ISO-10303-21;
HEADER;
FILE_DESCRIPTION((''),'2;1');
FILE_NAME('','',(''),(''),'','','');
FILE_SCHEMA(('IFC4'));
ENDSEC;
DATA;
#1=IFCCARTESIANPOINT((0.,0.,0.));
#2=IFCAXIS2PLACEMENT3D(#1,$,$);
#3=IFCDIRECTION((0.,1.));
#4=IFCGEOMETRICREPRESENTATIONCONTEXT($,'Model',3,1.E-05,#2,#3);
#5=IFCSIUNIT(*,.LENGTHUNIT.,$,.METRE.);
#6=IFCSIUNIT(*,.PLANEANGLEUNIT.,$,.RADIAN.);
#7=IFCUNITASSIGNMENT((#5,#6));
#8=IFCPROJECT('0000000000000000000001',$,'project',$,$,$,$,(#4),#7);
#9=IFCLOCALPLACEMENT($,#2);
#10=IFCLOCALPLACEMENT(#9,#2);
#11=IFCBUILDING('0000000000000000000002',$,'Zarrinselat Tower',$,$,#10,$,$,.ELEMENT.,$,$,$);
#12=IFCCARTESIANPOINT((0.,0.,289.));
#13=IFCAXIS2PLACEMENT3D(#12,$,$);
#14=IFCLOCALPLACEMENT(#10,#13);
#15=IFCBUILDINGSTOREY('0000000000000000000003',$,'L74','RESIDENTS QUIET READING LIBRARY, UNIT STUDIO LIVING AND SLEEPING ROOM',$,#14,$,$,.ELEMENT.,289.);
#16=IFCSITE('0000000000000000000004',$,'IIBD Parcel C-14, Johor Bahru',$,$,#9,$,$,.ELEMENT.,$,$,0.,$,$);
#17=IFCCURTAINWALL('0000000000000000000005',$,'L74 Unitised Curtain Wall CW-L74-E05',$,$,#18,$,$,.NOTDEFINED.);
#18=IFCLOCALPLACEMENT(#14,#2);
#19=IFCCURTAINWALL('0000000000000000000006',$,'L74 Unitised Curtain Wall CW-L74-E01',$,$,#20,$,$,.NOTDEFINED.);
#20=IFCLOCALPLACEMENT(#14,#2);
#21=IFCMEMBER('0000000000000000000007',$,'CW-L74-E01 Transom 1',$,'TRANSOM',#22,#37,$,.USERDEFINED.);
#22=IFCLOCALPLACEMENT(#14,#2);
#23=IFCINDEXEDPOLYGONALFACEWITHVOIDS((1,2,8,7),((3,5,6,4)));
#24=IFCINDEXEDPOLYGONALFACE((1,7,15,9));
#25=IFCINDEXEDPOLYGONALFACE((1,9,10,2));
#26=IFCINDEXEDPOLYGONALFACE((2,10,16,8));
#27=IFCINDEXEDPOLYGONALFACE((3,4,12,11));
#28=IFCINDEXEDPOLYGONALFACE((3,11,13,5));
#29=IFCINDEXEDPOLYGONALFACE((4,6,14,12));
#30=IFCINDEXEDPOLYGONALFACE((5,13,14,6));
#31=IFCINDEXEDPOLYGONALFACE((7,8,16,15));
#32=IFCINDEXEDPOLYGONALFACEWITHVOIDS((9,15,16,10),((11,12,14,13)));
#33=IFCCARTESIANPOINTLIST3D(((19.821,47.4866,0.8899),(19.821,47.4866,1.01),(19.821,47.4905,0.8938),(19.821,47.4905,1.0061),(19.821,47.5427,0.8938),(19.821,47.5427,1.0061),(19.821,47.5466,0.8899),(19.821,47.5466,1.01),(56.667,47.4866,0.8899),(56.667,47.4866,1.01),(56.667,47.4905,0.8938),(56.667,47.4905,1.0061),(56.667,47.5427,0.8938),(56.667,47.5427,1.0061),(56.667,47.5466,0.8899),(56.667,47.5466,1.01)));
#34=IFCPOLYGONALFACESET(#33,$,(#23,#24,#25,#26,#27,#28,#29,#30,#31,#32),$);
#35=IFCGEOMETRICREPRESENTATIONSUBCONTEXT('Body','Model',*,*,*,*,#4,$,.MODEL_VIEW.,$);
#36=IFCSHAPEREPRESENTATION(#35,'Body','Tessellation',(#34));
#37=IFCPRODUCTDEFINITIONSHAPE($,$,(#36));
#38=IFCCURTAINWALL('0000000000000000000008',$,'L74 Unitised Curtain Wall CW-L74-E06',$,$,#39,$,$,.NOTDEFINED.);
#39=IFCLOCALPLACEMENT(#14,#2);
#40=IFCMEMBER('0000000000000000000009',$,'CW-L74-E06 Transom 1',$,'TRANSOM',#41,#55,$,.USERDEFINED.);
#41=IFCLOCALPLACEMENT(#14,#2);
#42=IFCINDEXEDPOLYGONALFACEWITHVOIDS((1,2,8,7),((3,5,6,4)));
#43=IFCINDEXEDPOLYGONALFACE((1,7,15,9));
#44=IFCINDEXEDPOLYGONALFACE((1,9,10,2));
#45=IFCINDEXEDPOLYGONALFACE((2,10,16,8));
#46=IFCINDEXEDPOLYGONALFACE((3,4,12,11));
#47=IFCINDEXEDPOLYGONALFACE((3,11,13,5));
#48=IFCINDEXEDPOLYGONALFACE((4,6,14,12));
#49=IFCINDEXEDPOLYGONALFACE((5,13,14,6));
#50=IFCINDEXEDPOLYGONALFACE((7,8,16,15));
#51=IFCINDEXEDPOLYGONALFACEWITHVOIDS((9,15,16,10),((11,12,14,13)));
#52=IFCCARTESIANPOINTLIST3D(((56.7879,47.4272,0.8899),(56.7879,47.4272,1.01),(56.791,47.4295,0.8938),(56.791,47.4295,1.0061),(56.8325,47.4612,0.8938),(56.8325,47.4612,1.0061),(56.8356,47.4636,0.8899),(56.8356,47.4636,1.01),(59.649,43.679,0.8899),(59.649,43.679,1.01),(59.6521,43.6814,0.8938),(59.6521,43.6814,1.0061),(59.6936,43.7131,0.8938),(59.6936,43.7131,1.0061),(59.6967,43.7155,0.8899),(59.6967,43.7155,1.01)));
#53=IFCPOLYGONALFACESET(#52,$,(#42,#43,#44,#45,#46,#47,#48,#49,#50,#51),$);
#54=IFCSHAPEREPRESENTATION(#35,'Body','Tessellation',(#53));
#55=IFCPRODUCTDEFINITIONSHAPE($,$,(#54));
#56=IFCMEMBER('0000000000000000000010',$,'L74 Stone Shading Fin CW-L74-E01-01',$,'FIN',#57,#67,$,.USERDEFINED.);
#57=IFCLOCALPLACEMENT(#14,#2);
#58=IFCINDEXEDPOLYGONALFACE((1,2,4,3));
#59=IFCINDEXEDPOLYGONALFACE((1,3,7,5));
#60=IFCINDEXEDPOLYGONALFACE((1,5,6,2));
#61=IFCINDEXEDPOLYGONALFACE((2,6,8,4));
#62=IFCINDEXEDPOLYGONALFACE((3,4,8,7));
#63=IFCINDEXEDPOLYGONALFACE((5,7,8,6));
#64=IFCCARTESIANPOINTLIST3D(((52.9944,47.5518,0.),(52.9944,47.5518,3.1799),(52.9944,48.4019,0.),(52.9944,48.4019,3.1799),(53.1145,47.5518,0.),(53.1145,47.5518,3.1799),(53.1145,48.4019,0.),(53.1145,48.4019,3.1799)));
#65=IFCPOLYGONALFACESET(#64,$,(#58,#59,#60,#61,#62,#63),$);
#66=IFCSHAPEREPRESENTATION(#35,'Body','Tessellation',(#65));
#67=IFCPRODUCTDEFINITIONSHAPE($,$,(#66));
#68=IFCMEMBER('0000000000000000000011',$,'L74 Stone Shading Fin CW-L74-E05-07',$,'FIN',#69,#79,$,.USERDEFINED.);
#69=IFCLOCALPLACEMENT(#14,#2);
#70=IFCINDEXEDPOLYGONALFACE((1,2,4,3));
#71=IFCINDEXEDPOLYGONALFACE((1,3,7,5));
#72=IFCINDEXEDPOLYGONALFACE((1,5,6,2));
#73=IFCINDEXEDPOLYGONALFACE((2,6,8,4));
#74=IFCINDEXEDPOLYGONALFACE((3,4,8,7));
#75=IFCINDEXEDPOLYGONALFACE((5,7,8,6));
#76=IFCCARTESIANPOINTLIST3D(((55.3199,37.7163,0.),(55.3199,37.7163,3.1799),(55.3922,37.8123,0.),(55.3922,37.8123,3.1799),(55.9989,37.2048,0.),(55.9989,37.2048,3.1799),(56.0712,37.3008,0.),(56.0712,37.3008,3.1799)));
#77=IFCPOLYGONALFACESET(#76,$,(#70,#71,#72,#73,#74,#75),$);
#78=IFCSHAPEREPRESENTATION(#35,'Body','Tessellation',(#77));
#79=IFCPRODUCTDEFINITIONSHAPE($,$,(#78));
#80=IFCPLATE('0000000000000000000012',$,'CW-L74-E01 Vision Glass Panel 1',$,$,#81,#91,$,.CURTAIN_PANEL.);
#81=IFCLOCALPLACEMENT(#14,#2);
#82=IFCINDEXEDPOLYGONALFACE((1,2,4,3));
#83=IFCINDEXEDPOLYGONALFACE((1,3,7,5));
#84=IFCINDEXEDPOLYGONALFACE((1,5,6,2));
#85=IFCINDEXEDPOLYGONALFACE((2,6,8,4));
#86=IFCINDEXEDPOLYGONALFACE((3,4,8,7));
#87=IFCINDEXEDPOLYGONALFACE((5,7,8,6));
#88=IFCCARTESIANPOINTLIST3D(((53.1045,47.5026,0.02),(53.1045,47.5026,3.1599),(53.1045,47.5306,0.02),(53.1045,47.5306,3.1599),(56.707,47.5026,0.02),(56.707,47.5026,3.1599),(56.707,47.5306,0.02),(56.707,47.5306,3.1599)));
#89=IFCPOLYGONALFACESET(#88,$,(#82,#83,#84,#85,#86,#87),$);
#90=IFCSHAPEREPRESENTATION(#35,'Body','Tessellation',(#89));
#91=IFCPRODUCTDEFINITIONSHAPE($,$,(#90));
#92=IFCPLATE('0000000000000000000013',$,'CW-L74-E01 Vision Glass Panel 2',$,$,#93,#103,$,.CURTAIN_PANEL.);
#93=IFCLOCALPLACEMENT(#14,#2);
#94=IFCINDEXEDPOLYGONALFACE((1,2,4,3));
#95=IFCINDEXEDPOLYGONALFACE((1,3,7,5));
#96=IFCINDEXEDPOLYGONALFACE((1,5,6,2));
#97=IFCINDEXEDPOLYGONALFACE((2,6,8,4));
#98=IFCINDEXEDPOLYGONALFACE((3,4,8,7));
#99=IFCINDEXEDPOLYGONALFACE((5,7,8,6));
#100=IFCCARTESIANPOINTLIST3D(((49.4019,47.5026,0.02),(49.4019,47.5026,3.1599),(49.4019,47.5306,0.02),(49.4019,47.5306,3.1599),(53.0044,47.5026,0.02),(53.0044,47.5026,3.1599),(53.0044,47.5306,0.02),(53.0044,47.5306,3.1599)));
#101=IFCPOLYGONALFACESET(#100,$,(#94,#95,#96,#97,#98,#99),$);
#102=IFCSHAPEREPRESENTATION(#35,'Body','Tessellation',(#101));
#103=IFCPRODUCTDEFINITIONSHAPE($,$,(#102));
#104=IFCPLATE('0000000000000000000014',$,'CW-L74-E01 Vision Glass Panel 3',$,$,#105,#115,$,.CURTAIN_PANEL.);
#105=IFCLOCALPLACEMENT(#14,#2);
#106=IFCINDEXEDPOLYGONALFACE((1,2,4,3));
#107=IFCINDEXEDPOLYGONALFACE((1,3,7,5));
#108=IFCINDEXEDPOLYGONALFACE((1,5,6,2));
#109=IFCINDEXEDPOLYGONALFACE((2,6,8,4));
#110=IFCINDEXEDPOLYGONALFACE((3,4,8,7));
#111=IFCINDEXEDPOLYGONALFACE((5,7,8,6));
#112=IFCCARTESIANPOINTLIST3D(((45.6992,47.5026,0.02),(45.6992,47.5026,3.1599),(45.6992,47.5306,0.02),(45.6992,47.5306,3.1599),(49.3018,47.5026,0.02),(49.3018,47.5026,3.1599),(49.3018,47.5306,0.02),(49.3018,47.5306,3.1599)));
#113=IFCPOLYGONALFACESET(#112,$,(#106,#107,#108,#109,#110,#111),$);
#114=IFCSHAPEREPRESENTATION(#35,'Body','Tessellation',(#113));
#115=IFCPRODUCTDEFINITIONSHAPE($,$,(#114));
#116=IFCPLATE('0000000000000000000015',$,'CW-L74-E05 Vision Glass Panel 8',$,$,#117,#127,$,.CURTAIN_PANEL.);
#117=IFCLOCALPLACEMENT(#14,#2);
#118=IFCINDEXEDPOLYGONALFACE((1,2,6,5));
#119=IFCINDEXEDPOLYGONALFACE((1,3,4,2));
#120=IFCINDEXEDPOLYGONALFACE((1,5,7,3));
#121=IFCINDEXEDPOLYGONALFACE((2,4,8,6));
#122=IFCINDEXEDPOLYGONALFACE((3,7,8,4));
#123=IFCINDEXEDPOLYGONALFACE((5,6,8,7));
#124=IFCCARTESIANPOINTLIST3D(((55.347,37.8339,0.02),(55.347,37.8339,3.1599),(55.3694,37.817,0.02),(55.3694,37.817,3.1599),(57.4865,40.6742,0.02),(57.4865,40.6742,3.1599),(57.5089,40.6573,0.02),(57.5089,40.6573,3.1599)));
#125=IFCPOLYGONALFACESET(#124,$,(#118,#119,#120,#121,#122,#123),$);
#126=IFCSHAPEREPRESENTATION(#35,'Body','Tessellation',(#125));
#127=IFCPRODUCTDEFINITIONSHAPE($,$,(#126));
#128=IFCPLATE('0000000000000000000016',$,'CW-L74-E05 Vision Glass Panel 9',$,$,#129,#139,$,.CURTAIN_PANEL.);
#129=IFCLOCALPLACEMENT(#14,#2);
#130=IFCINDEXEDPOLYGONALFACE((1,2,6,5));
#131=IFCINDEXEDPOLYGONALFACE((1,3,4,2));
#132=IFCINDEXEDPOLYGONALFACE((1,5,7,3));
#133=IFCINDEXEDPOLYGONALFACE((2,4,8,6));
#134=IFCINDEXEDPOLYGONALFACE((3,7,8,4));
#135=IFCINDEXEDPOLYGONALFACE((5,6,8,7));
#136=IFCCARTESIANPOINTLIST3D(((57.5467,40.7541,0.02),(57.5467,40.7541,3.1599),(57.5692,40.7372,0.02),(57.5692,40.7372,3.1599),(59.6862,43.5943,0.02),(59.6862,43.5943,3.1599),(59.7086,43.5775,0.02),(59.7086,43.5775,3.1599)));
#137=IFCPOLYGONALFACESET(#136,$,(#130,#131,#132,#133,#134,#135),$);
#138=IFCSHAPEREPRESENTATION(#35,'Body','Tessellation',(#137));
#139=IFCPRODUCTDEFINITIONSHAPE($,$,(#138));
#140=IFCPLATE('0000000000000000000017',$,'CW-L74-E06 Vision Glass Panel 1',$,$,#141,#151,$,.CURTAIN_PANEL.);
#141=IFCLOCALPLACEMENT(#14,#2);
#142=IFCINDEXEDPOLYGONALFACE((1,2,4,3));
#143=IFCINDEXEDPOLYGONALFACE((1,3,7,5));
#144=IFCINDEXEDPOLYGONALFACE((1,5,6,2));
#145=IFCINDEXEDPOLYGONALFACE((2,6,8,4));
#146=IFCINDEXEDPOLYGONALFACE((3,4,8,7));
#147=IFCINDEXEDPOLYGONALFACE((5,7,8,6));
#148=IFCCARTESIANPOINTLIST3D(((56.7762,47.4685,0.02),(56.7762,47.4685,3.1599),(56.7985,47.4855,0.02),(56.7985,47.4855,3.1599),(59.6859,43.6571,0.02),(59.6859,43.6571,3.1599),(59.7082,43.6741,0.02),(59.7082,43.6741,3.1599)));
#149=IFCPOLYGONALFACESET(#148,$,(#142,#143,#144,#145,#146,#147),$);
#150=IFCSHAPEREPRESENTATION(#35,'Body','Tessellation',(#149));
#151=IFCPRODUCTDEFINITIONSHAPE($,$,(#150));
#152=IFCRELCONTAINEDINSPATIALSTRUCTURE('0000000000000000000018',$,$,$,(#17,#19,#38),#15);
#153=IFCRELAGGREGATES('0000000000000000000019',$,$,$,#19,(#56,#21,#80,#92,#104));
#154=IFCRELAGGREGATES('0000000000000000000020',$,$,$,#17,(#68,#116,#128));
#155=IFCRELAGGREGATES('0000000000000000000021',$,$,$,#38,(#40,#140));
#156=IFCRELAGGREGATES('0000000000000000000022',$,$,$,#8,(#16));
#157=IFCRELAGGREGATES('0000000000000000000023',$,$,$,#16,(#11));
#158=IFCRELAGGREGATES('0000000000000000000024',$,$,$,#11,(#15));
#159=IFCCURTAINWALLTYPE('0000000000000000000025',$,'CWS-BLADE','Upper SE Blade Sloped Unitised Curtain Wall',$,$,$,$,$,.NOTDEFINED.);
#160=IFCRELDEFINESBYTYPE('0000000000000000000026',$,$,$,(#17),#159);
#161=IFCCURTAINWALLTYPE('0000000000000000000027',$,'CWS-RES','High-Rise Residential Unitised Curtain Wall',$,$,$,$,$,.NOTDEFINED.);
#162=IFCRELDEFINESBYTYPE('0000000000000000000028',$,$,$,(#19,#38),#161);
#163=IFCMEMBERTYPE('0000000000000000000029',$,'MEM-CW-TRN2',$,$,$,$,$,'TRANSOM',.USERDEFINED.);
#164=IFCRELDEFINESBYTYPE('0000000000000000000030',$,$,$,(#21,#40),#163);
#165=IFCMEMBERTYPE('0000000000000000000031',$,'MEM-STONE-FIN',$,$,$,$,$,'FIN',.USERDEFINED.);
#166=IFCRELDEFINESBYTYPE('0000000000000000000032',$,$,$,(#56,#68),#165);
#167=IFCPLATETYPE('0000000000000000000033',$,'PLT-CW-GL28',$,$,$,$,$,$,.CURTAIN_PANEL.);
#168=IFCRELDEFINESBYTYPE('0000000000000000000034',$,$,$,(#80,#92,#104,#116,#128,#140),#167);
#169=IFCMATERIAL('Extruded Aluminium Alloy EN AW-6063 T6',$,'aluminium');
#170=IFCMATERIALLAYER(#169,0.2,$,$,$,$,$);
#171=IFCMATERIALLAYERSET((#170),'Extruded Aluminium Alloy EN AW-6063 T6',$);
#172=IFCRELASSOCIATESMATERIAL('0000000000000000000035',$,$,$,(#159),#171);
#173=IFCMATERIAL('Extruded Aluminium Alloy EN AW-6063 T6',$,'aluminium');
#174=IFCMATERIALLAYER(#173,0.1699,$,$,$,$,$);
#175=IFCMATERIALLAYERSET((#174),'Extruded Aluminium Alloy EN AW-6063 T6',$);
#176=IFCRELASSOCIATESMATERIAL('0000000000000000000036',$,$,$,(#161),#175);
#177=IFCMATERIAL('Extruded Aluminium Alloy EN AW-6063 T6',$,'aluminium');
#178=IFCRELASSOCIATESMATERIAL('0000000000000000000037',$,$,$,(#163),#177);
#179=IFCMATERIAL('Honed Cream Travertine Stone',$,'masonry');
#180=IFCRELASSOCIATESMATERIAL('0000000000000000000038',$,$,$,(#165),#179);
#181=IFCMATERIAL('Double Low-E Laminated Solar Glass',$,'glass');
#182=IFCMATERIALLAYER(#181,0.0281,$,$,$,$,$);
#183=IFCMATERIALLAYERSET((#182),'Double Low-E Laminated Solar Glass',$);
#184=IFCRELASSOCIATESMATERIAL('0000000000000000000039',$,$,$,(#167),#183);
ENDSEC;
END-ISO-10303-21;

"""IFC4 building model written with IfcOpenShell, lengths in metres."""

from ifc_helpers import new_model, si_unit, direction, frame, origin, origin_2d, place, context, subcontext, project, spatial, rectangle, hollow_rectangle, extrude, material, layer, layer_set, material_profile, profile_set, type_object, element, aggregate, save


model = new_model("IFC4")

# Units and contexts
model_context = context("Model", 3, precision=1e-05, world=origin(), true_north=direction((0.0, 1.0)))
body_context = subcontext(model_context, "Body", "Model", "MODEL_VIEW")
ifc_project = project(units=[si_unit("LENGTHUNIT", "METRE"), si_unit("PLANEANGLEUNIT", "RADIAN")], contexts=[model_context])

# Site, building, storey
site_placement = place(None, origin())
site = spatial("IfcSite", under=ifc_project, at=site_placement, Name="IIBD Parcel C-14, Johor Bahru", CompositionType="ELEMENT", RefElevation=0.0)
building_placement = place(site_placement, origin())
building = spatial("IfcBuilding", under=site, at=building_placement, Name="Zarrinselat Tower", CompositionType="ELEMENT")
storey_placement = place(building_placement, frame((0.0, 0.0, 289.0)))
storey = spatial("IfcBuildingStorey", under=building, at=storey_placement, Name="L74", Description="RESIDENTS QUIET READING LIBRARY, UNIT STUDIO LIVING AND SLEEPING ROOM", CompositionType="ELEMENT", Elevation=289.0)

# Curtain walls, member
ifc_material_1 = material(Name="Extruded Aluminium Alloy EN AW-6063 T6", Category="aluminium")
ifc_layer_1 = layer(ifc_material_1, 0.2)
ifc_layer_set_1 = layer_set([ifc_layer_1], Name="Extruded Aluminium Alloy EN AW-6063 T6")
curtain_wall_type_1 = type_object("IfcCurtainWallType", Name="CWS-BLADE", Description="Upper SE Blade Sloped Unitised Curtain Wall", PredefinedType="NOTDEFINED", material=ifc_layer_set_1)
curtain_wall_1_placement = place(storey_placement, origin())
curtain_wall_1 = element("IfcCurtainWall", 1, at=curtain_wall_1_placement, inside=storey, type_object=curtain_wall_type_1, Name="L74 Unitised Curtain Wall CW-L74-E05", PredefinedType="NOTDEFINED")
ifc_material_2 = material(Name="Extruded Aluminium Alloy EN AW-6063 T6", Category="aluminium")
ifc_layer_2 = layer(ifc_material_2, 0.1699)
ifc_layer_set_2 = layer_set([ifc_layer_2], Name="Extruded Aluminium Alloy EN AW-6063 T6")
curtain_wall_type_2 = type_object("IfcCurtainWallType", Name="CWS-RES", Description="High-Rise Residential Unitised Curtain Wall", PredefinedType="NOTDEFINED", material=ifc_layer_set_2)
curtain_wall_2_placement = place(storey_placement, origin())
curtain_wall_2 = element("IfcCurtainWall", 2, at=curtain_wall_2_placement, inside=storey, type_object=curtain_wall_type_2, Name="L74 Unitised Curtain Wall CW-L74-E01", PredefinedType="NOTDEFINED")
ifc_material_3 = material(Name="Extruded Aluminium Alloy EN AW-6063 T6", Category="aluminium")
ifc_material_profile_1 = material_profile(ifc_material_3, hollow_rectangle(XDim=0.0601, YDim=0.1201, WallThickness=0.0039, at=origin_2d()), Name="RHS 120x60x4")
ifc_profile_set_1 = profile_set([ifc_material_profile_1], Name="Extruded Aluminium Alloy EN AW-6063 T6")
member_type_1 = type_object("IfcMemberType", Name="MEM-CW-TRN2", ElementType="TRANSOM", PredefinedType="USERDEFINED", material=ifc_profile_set_1)
member_1_placement = place(storey_placement, frame((56.667, 47.5166, 0.95), z_axis=(-1.0, 0.0, 0.0), x_axis=(0.0, -1.0, 0.0)))
member_1 = element("IfcMember", 3, at=member_1_placement, type_object=member_type_1, Name="CW-L74-E01 Transom 1", ObjectType="TRANSOM", PredefinedType="USERDEFINED", context=body_context, shape_type="SweptSolid", body=[
    extrude(hollow_rectangle(XDim=0.0601, YDim=0.1201, WallThickness=0.0039, at=origin_2d()), origin(), (0.0, 0.0, 1.0), 36.8459),
])

# Curtain wall, member
curtain_wall_3_placement = place(storey_placement, origin())
curtain_wall_3 = element("IfcCurtainWall", 4, at=curtain_wall_3_placement, inside=storey, type_object=curtain_wall_type_2, Name="L74 Unitised Curtain Wall CW-L74-E06", PredefinedType="NOTDEFINED")
member_2_placement = place(storey_placement, frame((59.6729, 43.6973, 0.95), z_axis=(-0.606771, 0.794876, 0.0), x_axis=(-0.794876, -0.606771, 0.0)))
member_2 = element("IfcMember", 5, at=member_2_placement, type_object=member_type_1, Name="CW-L74-E06 Transom 1", ObjectType="TRANSOM", PredefinedType="USERDEFINED", context=body_context, shape_type="SweptSolid", body=[
    extrude(hollow_rectangle(XDim=0.0601, YDim=0.1201, WallThickness=0.0039, at=origin_2d()), origin(), (0.0, 0.0, 1.0), 4.7153),
])

# Members
ifc_material_4 = material(Name="Honed Cream Travertine Stone", Category="masonry")
ifc_material_profile_2 = material_profile(ifc_material_4, rectangle(XDim=0.1201, YDim=0.8501, at=origin_2d()), Name="FIN 850x120")
ifc_profile_set_2 = profile_set([ifc_material_profile_2], Name="Honed Cream Travertine Stone")
member_type_2 = type_object("IfcMemberType", Name="MEM-STONE-FIN", ElementType="FIN", PredefinedType="USERDEFINED", material=ifc_profile_set_2)
member_3_placement = place(storey_placement, frame((53.0544, 47.9768, 0.0), z_axis=(0.0, 0.0, 1.0), x_axis=(1.0, 0.0, 0.0)))
member_3 = element("IfcMember", 6, at=member_3_placement, type_object=member_type_2, Name="L74 Stone Shading Fin CW-L74-E01-01", ObjectType="FIN", PredefinedType="USERDEFINED", context=body_context, shape_type="SweptSolid", body=[
    extrude(rectangle(XDim=0.1201, YDim=0.8501, at=origin_2d()), origin(), (0.0, 0.0, 1.0), 3.1799),
])
member_4_placement = place(storey_placement, frame((55.6956, 37.5085, 0.0), z_axis=(0.0, 0.0, 1.0), x_axis=(-0.601673, -0.798743, 0.0)))
member_4 = element("IfcMember", 7, at=member_4_placement, type_object=member_type_2, Name="L74 Stone Shading Fin CW-L74-E05-07", ObjectType="FIN", PredefinedType="USERDEFINED", context=body_context, shape_type="SweptSolid", body=[
    extrude(rectangle(XDim=0.1201, YDim=0.8501, at=origin_2d()), origin(), (0.0, 0.0, 1.0), 3.1799),
])

# Plates
ifc_material_5 = material(Name="Double Low-E Laminated Solar Glass", Category="glass")
ifc_layer_3 = layer(ifc_material_5, 0.0281)
ifc_layer_set_3 = layer_set([ifc_layer_3], Name="Double Low-E Laminated Solar Glass")
plate_type = type_object("IfcPlateType", Name="PLT-CW-GL28", PredefinedType="CURTAIN_PANEL", material=ifc_layer_set_3)
plate_1_placement = place(storey_placement, frame((54.9058, 47.5166, 0.02), z_axis=(0.0, 0.0, 1.0), x_axis=(-1.0, 0.0, 0.0)))
plate_1 = element("IfcPlate", 8, at=plate_1_placement, type_object=plate_type, Name="CW-L74-E01 Vision Glass Panel 1", PredefinedType="CURTAIN_PANEL", context=body_context, shape_type="SweptSolid", body=[
    extrude(rectangle(XDim=3.6025, YDim=0.0281, at=origin_2d()), origin(), (0.0, 0.0, 1.0), 3.1399),
])
plate_2_placement = place(storey_placement, frame((51.2031, 47.5166, 0.02), z_axis=(0.0, 0.0, 1.0), x_axis=(-1.0, 0.0, 0.0)))
plate_2 = element("IfcPlate", 9, at=plate_2_placement, type_object=plate_type, Name="CW-L74-E01 Vision Glass Panel 2", PredefinedType="CURTAIN_PANEL", context=body_context, shape_type="SweptSolid", body=[
    extrude(rectangle(XDim=3.6025, YDim=0.0281, at=origin_2d()), origin(), (0.0, 0.0, 1.0), 3.1399),
])
plate_3_placement = place(storey_placement, frame((47.5005, 47.5166, 0.02), z_axis=(0.0, 0.0, 1.0), x_axis=(-1.0, 0.0, 0.0)))
plate_3 = element("IfcPlate", 10, at=plate_3_placement, type_object=plate_type, Name="CW-L74-E01 Vision Glass Panel 3", PredefinedType="CURTAIN_PANEL", context=body_context, shape_type="SweptSolid", body=[
    extrude(rectangle(XDim=3.6025, YDim=0.0281, at=origin_2d()), origin(), (0.0, 0.0, 1.0), 3.1399),
])
aggregate(curtain_wall_2, [member_3, member_1, plate_1, plate_2, plate_3])
plate_4_placement = place(storey_placement, frame((56.428, 39.2456, 0.02), z_axis=(0.0, 0.0, 1.0), x_axis=(0.601673, 0.798743, 0.0)))
plate_4 = element("IfcPlate", 11, at=plate_4_placement, type_object=plate_type, Name="CW-L74-E05 Vision Glass Panel 8", PredefinedType="CURTAIN_PANEL", context=body_context, shape_type="SweptSolid", body=[
    extrude(rectangle(XDim=3.5559, YDim=0.0281, at=origin_2d()), origin(), (0.0, 0.0, 1.0), 3.1399),
])
plate_5_placement = place(storey_placement, frame((58.6277, 42.1658, 0.02), z_axis=(0.0, 0.0, 1.0), x_axis=(0.601673, 0.798743, 0.0)))
plate_5 = element("IfcPlate", 12, at=plate_5_placement, type_object=plate_type, Name="CW-L74-E05 Vision Glass Panel 9", PredefinedType="CURTAIN_PANEL", context=body_context, shape_type="SweptSolid", body=[
    extrude(rectangle(XDim=3.5559, YDim=0.0281, at=origin_2d()), origin(), (0.0, 0.0, 1.0), 3.1399),
])
aggregate(curtain_wall_1, [member_4, plate_4, plate_5])
plate_6_placement = place(storey_placement, frame((58.2422, 45.5713, 0.02), z_axis=(0.0, 0.0, 1.0), x_axis=(-0.606806, 0.79485, 0.0)))
plate_6 = element("IfcPlate", 13, at=plate_6_placement, type_object=plate_type, Name="CW-L74-E06 Vision Glass Panel 1", PredefinedType="CURTAIN_PANEL", context=body_context, shape_type="SweptSolid", body=[
    extrude(rectangle(XDim=4.7952, YDim=0.0281, at=origin_2d()), origin(), (0.0, 0.0, 1.0), 3.1399),
])
aggregate(curtain_wall_3, [member_2, plate_6])

save(model, "model.ifc")
